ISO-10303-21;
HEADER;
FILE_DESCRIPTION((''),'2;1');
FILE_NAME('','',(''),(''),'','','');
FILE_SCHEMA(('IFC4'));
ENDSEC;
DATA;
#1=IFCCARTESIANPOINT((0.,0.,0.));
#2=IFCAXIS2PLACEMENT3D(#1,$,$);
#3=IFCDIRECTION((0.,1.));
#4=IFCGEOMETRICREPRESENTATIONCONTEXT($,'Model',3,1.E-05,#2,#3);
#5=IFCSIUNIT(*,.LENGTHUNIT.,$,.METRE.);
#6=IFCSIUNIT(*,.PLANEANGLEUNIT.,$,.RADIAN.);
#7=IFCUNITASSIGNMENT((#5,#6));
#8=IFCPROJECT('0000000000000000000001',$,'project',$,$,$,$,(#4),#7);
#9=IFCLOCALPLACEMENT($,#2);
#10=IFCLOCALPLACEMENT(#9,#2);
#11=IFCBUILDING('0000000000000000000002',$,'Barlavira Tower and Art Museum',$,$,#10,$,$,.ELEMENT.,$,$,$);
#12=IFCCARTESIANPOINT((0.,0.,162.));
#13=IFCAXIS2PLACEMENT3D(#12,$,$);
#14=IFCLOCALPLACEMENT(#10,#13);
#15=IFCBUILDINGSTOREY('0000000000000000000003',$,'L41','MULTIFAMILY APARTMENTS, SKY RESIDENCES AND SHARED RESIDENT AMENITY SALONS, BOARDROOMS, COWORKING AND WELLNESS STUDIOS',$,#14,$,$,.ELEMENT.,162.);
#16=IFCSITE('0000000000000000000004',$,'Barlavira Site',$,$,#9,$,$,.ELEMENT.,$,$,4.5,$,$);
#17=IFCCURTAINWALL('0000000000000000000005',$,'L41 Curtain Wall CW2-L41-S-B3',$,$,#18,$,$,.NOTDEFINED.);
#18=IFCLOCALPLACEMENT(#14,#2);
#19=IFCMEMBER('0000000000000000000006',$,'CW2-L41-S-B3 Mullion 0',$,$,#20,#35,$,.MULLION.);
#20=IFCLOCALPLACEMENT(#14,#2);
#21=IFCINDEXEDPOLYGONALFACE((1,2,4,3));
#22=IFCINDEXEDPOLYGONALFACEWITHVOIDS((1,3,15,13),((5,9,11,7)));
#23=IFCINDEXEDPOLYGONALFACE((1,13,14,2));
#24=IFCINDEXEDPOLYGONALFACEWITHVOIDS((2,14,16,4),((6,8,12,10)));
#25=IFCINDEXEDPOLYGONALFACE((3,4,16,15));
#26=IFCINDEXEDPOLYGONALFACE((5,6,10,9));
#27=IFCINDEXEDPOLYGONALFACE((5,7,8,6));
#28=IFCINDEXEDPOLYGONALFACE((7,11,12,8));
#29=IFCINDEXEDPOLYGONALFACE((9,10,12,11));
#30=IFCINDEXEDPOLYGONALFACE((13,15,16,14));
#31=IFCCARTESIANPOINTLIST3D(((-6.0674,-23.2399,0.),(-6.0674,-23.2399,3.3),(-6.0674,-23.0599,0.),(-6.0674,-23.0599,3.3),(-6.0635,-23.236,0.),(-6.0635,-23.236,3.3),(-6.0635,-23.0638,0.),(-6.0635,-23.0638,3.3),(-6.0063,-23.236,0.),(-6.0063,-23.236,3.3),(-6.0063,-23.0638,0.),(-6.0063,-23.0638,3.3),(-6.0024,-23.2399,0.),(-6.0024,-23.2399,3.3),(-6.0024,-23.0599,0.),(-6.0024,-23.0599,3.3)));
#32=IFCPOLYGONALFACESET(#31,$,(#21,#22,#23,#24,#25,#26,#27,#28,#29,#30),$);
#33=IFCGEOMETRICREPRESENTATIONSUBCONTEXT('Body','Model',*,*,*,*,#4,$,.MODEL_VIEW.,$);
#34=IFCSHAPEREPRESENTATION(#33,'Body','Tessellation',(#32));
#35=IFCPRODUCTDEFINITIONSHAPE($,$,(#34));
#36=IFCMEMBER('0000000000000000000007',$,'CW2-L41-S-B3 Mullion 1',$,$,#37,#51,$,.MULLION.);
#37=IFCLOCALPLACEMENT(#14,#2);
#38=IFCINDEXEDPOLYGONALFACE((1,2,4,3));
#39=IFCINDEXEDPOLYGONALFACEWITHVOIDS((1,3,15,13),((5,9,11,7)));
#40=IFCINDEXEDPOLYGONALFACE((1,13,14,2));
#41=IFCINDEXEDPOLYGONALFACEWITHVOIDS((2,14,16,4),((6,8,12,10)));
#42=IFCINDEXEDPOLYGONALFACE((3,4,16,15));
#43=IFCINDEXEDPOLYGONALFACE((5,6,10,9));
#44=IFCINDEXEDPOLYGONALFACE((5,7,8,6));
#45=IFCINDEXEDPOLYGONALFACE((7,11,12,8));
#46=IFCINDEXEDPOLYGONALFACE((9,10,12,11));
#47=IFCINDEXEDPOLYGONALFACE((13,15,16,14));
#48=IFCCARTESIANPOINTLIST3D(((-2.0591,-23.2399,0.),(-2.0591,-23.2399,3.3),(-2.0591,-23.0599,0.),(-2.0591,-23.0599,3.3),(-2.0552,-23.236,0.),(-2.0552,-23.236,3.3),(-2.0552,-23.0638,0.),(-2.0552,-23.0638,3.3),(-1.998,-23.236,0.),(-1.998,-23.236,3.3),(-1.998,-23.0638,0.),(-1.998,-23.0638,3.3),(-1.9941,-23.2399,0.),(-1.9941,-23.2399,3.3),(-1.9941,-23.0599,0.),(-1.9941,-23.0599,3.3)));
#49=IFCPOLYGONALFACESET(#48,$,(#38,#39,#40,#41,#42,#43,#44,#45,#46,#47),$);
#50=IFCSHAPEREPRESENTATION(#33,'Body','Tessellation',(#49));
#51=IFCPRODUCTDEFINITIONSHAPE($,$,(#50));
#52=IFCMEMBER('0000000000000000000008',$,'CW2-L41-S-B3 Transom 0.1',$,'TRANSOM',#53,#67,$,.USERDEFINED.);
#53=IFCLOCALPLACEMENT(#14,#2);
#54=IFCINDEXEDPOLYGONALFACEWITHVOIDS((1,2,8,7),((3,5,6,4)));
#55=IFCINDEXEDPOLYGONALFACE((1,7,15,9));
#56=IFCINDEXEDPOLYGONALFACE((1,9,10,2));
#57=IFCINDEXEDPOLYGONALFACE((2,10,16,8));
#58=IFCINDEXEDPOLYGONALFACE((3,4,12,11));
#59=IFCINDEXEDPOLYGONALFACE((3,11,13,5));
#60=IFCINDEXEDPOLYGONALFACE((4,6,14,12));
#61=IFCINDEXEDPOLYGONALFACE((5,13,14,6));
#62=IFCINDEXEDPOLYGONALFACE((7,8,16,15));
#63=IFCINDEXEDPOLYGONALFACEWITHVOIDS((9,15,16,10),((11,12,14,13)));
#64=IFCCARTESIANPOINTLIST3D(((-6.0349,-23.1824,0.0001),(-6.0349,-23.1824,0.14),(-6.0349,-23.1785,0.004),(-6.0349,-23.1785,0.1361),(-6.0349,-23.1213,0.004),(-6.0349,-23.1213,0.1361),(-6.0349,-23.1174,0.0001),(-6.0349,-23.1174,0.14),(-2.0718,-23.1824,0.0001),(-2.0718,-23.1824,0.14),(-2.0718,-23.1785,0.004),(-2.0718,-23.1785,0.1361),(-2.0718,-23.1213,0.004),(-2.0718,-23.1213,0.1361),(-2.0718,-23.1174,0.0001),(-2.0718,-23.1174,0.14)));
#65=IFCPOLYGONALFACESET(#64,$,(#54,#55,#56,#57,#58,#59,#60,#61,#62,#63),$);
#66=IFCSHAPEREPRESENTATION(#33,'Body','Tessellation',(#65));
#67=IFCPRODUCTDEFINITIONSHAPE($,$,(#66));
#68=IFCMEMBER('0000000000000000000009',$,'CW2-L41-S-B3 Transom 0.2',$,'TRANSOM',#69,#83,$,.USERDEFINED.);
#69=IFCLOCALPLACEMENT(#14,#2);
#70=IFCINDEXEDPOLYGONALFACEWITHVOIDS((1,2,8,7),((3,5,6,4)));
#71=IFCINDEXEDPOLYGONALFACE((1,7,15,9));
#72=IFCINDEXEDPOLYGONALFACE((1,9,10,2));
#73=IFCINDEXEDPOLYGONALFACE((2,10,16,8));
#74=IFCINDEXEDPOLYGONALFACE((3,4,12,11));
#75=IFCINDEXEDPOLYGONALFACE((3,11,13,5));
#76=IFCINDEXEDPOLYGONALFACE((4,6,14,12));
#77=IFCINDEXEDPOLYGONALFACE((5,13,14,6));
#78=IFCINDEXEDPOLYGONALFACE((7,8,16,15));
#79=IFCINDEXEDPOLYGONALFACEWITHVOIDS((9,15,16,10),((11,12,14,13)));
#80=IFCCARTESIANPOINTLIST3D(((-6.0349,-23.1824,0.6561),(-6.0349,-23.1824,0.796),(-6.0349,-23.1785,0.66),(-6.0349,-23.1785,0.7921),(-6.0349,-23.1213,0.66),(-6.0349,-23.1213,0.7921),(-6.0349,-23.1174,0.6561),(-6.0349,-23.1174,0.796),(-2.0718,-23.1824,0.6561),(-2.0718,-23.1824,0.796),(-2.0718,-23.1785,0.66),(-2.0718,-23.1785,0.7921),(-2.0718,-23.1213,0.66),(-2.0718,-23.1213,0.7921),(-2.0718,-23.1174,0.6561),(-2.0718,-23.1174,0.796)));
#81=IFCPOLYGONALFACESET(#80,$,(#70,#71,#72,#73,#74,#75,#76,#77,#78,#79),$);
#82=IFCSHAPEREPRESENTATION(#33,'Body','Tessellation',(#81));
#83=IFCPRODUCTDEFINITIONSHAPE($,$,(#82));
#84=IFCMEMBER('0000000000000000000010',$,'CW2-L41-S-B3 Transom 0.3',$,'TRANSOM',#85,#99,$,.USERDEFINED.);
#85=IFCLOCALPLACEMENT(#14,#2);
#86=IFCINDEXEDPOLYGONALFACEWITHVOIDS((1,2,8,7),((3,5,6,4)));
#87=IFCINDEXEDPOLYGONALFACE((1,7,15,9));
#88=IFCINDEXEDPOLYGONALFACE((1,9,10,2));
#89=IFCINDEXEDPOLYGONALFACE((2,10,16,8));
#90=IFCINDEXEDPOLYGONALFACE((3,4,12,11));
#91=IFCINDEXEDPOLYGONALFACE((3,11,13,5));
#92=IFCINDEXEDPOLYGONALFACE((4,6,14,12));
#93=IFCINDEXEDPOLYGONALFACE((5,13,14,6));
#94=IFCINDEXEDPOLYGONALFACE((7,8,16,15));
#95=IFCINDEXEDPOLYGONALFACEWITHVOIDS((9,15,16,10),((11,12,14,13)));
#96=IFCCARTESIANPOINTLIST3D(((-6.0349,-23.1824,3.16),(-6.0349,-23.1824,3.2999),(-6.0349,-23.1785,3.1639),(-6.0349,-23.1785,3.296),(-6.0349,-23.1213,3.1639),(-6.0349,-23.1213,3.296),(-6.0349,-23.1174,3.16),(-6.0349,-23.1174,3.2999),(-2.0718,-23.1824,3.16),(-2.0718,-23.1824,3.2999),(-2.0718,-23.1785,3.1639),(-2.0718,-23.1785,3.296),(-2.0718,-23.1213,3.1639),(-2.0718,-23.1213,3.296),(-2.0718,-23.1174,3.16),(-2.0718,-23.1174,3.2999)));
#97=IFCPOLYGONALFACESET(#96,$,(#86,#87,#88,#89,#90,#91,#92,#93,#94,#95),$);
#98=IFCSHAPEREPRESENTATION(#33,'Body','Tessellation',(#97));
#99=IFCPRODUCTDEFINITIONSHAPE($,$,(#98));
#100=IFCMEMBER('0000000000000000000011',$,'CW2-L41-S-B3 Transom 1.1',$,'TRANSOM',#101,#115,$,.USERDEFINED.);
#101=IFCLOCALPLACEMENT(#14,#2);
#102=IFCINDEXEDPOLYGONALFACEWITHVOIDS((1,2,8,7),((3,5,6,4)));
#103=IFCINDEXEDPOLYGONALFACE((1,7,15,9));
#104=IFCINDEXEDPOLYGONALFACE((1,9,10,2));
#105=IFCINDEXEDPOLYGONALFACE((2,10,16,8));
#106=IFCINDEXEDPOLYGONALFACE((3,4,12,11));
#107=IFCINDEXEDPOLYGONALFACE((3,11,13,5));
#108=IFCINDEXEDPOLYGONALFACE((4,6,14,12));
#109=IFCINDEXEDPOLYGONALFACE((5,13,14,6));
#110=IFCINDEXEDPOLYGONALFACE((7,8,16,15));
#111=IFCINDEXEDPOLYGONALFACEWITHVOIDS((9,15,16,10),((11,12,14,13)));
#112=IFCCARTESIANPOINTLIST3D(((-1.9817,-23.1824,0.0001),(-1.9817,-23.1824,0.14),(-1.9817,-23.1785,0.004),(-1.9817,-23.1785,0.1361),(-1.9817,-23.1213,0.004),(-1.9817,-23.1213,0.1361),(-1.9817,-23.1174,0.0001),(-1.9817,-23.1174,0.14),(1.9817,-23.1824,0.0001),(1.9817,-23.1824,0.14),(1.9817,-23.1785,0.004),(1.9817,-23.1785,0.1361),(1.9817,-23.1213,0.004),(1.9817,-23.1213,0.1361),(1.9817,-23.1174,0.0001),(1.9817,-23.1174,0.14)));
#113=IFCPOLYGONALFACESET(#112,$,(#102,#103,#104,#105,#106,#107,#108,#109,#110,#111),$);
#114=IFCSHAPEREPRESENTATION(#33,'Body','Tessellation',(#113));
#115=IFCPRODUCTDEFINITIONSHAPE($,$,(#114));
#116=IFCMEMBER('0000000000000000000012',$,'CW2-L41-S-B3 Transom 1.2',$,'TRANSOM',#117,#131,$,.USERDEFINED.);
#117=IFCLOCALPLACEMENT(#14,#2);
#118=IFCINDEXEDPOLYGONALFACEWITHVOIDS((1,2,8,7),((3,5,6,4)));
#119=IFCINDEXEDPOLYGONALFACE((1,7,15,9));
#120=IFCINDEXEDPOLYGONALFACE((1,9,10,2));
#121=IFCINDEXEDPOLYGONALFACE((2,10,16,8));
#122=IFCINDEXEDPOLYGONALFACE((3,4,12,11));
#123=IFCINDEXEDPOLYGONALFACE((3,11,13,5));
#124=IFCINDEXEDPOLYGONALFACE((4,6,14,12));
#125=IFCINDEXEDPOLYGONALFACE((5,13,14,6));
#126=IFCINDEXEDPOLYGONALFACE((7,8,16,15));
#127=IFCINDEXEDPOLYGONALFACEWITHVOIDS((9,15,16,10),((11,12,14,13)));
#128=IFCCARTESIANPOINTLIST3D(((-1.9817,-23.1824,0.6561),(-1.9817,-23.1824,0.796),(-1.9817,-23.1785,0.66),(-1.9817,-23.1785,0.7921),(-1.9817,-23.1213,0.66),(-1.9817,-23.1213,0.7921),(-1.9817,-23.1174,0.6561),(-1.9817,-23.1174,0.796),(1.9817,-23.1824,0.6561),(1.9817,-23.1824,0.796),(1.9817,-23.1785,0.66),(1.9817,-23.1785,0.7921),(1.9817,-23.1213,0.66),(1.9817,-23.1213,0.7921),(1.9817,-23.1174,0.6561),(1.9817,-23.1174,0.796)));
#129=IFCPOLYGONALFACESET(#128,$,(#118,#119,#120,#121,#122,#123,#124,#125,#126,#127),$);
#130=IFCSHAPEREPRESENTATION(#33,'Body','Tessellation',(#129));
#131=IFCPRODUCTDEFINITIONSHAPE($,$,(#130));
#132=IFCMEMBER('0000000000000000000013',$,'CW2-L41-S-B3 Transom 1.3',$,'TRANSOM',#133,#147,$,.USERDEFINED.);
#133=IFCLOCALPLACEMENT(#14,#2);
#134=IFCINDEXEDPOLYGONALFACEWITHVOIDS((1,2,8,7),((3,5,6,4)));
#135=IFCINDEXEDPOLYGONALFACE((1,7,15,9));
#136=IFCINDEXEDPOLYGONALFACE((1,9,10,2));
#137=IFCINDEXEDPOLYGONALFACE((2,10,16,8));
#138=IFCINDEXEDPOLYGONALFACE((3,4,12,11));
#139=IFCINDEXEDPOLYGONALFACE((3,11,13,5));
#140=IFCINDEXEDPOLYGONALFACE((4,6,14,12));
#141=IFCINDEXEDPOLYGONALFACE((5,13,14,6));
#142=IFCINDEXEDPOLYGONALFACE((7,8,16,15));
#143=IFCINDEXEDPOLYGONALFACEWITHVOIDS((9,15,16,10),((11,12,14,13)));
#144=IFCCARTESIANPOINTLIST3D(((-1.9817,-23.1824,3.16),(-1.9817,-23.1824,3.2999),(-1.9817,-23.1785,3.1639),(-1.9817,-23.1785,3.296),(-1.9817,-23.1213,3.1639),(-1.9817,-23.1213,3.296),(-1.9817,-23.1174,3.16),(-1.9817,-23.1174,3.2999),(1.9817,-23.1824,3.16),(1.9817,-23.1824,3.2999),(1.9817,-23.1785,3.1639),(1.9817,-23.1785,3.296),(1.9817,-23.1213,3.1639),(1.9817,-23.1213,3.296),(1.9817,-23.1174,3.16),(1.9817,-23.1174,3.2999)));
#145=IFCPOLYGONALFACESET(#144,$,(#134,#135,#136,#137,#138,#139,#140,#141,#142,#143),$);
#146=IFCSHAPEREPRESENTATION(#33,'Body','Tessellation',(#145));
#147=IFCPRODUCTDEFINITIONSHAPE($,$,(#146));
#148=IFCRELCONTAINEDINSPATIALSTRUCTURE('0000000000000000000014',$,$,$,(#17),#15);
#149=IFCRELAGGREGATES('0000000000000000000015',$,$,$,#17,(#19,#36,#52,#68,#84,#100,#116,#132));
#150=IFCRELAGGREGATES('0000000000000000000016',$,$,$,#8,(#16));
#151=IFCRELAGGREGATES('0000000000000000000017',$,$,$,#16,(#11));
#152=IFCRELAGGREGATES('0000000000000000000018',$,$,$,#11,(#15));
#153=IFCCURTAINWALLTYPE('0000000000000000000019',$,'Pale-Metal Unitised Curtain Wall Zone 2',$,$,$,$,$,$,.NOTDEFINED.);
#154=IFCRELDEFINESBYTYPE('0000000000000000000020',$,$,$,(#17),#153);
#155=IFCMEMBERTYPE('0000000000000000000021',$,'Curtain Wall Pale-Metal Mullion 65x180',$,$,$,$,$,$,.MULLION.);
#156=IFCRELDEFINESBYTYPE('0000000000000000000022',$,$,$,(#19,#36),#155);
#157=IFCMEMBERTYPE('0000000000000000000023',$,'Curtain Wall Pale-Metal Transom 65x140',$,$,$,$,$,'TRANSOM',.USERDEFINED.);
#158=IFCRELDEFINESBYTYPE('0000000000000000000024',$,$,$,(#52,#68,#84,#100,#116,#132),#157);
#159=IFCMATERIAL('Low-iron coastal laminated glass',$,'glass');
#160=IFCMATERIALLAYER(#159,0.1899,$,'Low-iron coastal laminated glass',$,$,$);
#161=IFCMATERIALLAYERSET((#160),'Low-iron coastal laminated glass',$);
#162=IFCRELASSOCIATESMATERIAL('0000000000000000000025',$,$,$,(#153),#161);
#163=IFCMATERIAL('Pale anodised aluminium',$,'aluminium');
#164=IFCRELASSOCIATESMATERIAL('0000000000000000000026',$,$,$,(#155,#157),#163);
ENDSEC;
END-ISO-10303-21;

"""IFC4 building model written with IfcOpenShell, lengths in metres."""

from ifc_helpers import new_model, si_unit, direction, frame, origin, origin_2d, place, context, subcontext, project, spatial, hollow_rectangle, extrude, material, layer, layer_set, material_profile, profile_set, type_object, element, aggregate, save


model = new_model("IFC4")

# Units and contexts
model_context = context("Model", 3, precision=1e-05, world=origin(), true_north=direction((0.0, 1.0)))
body_context = subcontext(model_context, "Body", "Model", "MODEL_VIEW")
ifc_project = project(units=[si_unit("LENGTHUNIT", "METRE"), si_unit("PLANEANGLEUNIT", "RADIAN")], contexts=[model_context])

# Site, building, storey
site_placement = place(None, origin())
site = spatial("IfcSite", under=ifc_project, at=site_placement, Name="Barlavira Site", CompositionType="ELEMENT", RefElevation=4.5)
building_placement = place(site_placement, origin())
building = spatial("IfcBuilding", under=site, at=building_placement, Name="Barlavira Tower and Art Museum", CompositionType="ELEMENT")
storey_placement = place(building_placement, frame((0.0, 0.0, 162.0)))
storey = spatial("IfcBuildingStorey", under=building, at=storey_placement, Name="L41", Description="MULTIFAMILY APARTMENTS, SKY RESIDENCES AND SHARED RESIDENT AMENITY SALONS, BOARDROOMS, COWORKING AND WELLNESS STUDIOS", CompositionType="ELEMENT", Elevation=162.0)

# Curtain wall, members
ifc_material_1 = material(Name="Low-iron coastal laminated glass", Category="glass")
ifc_layer_1 = layer(ifc_material_1, 0.1899, Name="Low-iron coastal laminated glass")
ifc_layer_set_1 = layer_set([ifc_layer_1], Name="Low-iron coastal laminated glass")
curtain_wall_type = type_object("IfcCurtainWallType", Name="Pale-Metal Unitised Curtain Wall Zone 2", PredefinedType="NOTDEFINED", material=ifc_layer_set_1)
curtain_wall_placement = place(storey_placement, origin())
curtain_wall = element("IfcCurtainWall", 1, at=curtain_wall_placement, inside=storey, type_object=curtain_wall_type, Name="L41 Curtain Wall CW2-L41-S-B3", PredefinedType="NOTDEFINED")
ifc_material_2 = material(Name="Pale anodised aluminium", Category="aluminium")
ifc_material_profile_1 = material_profile(ifc_material_2, hollow_rectangle(XDim=0.0649, YDim=0.1799, WallThickness=0.0039, at=origin_2d()), Name="ALU-MULL 65x180x4")
ifc_profile_set_1 = profile_set([ifc_material_profile_1], Name="Pale anodised aluminium")
member_type_1 = type_object("IfcMemberType", Name="Curtain Wall Pale-Metal Mullion 65x180", PredefinedType="MULLION", material=ifc_profile_set_1)
member_1_placement = place(storey_placement, frame((-6.0349, -23.1499, 0.0), z_axis=(0.0, 0.0, 1.0), x_axis=(1.0, 0.0, 0.0)))
member_1 = element("IfcMember", 2, at=member_1_placement, type_object=member_type_1, Name="CW2-L41-S-B3 Mullion 0", PredefinedType="MULLION", context=body_context, shape_type="SweptSolid", body=[
    extrude(hollow_rectangle(XDim=0.0649, YDim=0.1799, WallThickness=0.0039, at=origin_2d()), origin(), (0.0, 0.0, 1.0), 3.3),
])
member_2_placement = place(storey_placement, frame((-2.0266, -23.1499, 0.0), z_axis=(0.0, 0.0, 1.0), x_axis=(1.0, 0.0, 0.0)))
member_2 = element("IfcMember", 3, at=member_2_placement, type_object=member_type_1, Name="CW2-L41-S-B3 Mullion 1", PredefinedType="MULLION", context=body_context, shape_type="SweptSolid", body=[
    extrude(hollow_rectangle(XDim=0.0649, YDim=0.1799, WallThickness=0.0039, at=origin_2d()), origin(), (0.0, 0.0, 1.0), 3.3),
])
ifc_material_profile_2 = material_profile(ifc_material_2, hollow_rectangle(XDim=0.0649, YDim=0.1399, WallThickness=0.0039, at=origin_2d()), Name="ALU-TRAN 65x140x4")
ifc_profile_set_2 = profile_set([ifc_material_profile_2], Name="Pale anodised aluminium")
member_type_2 = type_object("IfcMemberType", Name="Curtain Wall Pale-Metal Transom 65x140", ElementType="TRANSOM", PredefinedType="USERDEFINED", material=ifc_profile_set_2)
member_3_placement = place(storey_placement, frame((-6.0349, -23.1499, 0.0701), z_axis=(1.0, 0.0, 0.0), x_axis=(0.0, 1.0, 0.0)))
member_3 = element("IfcMember", 4, at=member_3_placement, type_object=member_type_2, Name="CW2-L41-S-B3 Transom 0.1", ObjectType="TRANSOM", PredefinedType="USERDEFINED", context=body_context, shape_type="SweptSolid", body=[
    extrude(hollow_rectangle(XDim=0.0649, YDim=0.1399, WallThickness=0.0039, at=origin_2d()), origin(), (0.0, 0.0, 1.0), 3.9631),
])
member_4_placement = place(storey_placement, frame((-6.0349, -23.1499, 0.7261), z_axis=(1.0, 0.0, 0.0), x_axis=(0.0, 1.0, 0.0)))
member_4 = element("IfcMember", 5, at=member_4_placement, type_object=member_type_2, Name="CW2-L41-S-B3 Transom 0.2", ObjectType="TRANSOM", PredefinedType="USERDEFINED", context=body_context, shape_type="SweptSolid", body=[
    extrude(hollow_rectangle(XDim=0.0649, YDim=0.1399, WallThickness=0.0039, at=origin_2d()), origin(), (0.0, 0.0, 1.0), 3.9631),
])
member_5_placement = place(storey_placement, frame((-6.0349, -23.1499, 3.23), z_axis=(1.0, 0.0, 0.0), x_axis=(0.0, 1.0, 0.0)))
member_5 = element("IfcMember", 6, at=member_5_placement, type_object=member_type_2, Name="CW2-L41-S-B3 Transom 0.3", ObjectType="TRANSOM", PredefinedType="USERDEFINED", context=body_context, shape_type="SweptSolid", body=[
    extrude(hollow_rectangle(XDim=0.0649, YDim=0.1399, WallThickness=0.0039, at=origin_2d()), origin(), (0.0, 0.0, 1.0), 3.9631),
])
member_6_placement = place(storey_placement, frame((-1.9817, -23.1499, 0.0701), z_axis=(1.0, 0.0, 0.0), x_axis=(0.0, 1.0, 0.0)))
member_6 = element("IfcMember", 7, at=member_6_placement, type_object=member_type_2, Name="CW2-L41-S-B3 Transom 1.1", ObjectType="TRANSOM", PredefinedType="USERDEFINED", context=body_context, shape_type="SweptSolid", body=[
    extrude(hollow_rectangle(XDim=0.0649, YDim=0.1399, WallThickness=0.0039, at=origin_2d()), origin(), (0.0, 0.0, 1.0), 3.9634),
])
member_7_placement = place(storey_placement, frame((-1.9817, -23.1499, 0.7261), z_axis=(1.0, 0.0, 0.0), x_axis=(0.0, 1.0, 0.0)))
member_7 = element("IfcMember", 8, at=member_7_placement, type_object=member_type_2, Name="CW2-L41-S-B3 Transom 1.2", ObjectType="TRANSOM", PredefinedType="USERDEFINED", context=body_context, shape_type="SweptSolid", body=[
    extrude(hollow_rectangle(XDim=0.0649, YDim=0.1399, WallThickness=0.0039, at=origin_2d()), origin(), (0.0, 0.0, 1.0), 3.9634),
])
member_8_placement = place(storey_placement, frame((-1.9817, -23.1499, 3.23), z_axis=(1.0, 0.0, 0.0), x_axis=(0.0, 1.0, 0.0)))
member_8 = element("IfcMember", 9, at=member_8_placement, type_object=member_type_2, Name="CW2-L41-S-B3 Transom 1.3", ObjectType="TRANSOM", PredefinedType="USERDEFINED", context=body_context, shape_type="SweptSolid", body=[
    extrude(hollow_rectangle(XDim=0.0649, YDim=0.1399, WallThickness=0.0039, at=origin_2d()), origin(), (0.0, 0.0, 1.0), 3.9634),
])

aggregate(curtain_wall, [member_1, member_2, member_3, member_4, member_5, member_6, member_7, member_8])

save(model, "model.ifc")
